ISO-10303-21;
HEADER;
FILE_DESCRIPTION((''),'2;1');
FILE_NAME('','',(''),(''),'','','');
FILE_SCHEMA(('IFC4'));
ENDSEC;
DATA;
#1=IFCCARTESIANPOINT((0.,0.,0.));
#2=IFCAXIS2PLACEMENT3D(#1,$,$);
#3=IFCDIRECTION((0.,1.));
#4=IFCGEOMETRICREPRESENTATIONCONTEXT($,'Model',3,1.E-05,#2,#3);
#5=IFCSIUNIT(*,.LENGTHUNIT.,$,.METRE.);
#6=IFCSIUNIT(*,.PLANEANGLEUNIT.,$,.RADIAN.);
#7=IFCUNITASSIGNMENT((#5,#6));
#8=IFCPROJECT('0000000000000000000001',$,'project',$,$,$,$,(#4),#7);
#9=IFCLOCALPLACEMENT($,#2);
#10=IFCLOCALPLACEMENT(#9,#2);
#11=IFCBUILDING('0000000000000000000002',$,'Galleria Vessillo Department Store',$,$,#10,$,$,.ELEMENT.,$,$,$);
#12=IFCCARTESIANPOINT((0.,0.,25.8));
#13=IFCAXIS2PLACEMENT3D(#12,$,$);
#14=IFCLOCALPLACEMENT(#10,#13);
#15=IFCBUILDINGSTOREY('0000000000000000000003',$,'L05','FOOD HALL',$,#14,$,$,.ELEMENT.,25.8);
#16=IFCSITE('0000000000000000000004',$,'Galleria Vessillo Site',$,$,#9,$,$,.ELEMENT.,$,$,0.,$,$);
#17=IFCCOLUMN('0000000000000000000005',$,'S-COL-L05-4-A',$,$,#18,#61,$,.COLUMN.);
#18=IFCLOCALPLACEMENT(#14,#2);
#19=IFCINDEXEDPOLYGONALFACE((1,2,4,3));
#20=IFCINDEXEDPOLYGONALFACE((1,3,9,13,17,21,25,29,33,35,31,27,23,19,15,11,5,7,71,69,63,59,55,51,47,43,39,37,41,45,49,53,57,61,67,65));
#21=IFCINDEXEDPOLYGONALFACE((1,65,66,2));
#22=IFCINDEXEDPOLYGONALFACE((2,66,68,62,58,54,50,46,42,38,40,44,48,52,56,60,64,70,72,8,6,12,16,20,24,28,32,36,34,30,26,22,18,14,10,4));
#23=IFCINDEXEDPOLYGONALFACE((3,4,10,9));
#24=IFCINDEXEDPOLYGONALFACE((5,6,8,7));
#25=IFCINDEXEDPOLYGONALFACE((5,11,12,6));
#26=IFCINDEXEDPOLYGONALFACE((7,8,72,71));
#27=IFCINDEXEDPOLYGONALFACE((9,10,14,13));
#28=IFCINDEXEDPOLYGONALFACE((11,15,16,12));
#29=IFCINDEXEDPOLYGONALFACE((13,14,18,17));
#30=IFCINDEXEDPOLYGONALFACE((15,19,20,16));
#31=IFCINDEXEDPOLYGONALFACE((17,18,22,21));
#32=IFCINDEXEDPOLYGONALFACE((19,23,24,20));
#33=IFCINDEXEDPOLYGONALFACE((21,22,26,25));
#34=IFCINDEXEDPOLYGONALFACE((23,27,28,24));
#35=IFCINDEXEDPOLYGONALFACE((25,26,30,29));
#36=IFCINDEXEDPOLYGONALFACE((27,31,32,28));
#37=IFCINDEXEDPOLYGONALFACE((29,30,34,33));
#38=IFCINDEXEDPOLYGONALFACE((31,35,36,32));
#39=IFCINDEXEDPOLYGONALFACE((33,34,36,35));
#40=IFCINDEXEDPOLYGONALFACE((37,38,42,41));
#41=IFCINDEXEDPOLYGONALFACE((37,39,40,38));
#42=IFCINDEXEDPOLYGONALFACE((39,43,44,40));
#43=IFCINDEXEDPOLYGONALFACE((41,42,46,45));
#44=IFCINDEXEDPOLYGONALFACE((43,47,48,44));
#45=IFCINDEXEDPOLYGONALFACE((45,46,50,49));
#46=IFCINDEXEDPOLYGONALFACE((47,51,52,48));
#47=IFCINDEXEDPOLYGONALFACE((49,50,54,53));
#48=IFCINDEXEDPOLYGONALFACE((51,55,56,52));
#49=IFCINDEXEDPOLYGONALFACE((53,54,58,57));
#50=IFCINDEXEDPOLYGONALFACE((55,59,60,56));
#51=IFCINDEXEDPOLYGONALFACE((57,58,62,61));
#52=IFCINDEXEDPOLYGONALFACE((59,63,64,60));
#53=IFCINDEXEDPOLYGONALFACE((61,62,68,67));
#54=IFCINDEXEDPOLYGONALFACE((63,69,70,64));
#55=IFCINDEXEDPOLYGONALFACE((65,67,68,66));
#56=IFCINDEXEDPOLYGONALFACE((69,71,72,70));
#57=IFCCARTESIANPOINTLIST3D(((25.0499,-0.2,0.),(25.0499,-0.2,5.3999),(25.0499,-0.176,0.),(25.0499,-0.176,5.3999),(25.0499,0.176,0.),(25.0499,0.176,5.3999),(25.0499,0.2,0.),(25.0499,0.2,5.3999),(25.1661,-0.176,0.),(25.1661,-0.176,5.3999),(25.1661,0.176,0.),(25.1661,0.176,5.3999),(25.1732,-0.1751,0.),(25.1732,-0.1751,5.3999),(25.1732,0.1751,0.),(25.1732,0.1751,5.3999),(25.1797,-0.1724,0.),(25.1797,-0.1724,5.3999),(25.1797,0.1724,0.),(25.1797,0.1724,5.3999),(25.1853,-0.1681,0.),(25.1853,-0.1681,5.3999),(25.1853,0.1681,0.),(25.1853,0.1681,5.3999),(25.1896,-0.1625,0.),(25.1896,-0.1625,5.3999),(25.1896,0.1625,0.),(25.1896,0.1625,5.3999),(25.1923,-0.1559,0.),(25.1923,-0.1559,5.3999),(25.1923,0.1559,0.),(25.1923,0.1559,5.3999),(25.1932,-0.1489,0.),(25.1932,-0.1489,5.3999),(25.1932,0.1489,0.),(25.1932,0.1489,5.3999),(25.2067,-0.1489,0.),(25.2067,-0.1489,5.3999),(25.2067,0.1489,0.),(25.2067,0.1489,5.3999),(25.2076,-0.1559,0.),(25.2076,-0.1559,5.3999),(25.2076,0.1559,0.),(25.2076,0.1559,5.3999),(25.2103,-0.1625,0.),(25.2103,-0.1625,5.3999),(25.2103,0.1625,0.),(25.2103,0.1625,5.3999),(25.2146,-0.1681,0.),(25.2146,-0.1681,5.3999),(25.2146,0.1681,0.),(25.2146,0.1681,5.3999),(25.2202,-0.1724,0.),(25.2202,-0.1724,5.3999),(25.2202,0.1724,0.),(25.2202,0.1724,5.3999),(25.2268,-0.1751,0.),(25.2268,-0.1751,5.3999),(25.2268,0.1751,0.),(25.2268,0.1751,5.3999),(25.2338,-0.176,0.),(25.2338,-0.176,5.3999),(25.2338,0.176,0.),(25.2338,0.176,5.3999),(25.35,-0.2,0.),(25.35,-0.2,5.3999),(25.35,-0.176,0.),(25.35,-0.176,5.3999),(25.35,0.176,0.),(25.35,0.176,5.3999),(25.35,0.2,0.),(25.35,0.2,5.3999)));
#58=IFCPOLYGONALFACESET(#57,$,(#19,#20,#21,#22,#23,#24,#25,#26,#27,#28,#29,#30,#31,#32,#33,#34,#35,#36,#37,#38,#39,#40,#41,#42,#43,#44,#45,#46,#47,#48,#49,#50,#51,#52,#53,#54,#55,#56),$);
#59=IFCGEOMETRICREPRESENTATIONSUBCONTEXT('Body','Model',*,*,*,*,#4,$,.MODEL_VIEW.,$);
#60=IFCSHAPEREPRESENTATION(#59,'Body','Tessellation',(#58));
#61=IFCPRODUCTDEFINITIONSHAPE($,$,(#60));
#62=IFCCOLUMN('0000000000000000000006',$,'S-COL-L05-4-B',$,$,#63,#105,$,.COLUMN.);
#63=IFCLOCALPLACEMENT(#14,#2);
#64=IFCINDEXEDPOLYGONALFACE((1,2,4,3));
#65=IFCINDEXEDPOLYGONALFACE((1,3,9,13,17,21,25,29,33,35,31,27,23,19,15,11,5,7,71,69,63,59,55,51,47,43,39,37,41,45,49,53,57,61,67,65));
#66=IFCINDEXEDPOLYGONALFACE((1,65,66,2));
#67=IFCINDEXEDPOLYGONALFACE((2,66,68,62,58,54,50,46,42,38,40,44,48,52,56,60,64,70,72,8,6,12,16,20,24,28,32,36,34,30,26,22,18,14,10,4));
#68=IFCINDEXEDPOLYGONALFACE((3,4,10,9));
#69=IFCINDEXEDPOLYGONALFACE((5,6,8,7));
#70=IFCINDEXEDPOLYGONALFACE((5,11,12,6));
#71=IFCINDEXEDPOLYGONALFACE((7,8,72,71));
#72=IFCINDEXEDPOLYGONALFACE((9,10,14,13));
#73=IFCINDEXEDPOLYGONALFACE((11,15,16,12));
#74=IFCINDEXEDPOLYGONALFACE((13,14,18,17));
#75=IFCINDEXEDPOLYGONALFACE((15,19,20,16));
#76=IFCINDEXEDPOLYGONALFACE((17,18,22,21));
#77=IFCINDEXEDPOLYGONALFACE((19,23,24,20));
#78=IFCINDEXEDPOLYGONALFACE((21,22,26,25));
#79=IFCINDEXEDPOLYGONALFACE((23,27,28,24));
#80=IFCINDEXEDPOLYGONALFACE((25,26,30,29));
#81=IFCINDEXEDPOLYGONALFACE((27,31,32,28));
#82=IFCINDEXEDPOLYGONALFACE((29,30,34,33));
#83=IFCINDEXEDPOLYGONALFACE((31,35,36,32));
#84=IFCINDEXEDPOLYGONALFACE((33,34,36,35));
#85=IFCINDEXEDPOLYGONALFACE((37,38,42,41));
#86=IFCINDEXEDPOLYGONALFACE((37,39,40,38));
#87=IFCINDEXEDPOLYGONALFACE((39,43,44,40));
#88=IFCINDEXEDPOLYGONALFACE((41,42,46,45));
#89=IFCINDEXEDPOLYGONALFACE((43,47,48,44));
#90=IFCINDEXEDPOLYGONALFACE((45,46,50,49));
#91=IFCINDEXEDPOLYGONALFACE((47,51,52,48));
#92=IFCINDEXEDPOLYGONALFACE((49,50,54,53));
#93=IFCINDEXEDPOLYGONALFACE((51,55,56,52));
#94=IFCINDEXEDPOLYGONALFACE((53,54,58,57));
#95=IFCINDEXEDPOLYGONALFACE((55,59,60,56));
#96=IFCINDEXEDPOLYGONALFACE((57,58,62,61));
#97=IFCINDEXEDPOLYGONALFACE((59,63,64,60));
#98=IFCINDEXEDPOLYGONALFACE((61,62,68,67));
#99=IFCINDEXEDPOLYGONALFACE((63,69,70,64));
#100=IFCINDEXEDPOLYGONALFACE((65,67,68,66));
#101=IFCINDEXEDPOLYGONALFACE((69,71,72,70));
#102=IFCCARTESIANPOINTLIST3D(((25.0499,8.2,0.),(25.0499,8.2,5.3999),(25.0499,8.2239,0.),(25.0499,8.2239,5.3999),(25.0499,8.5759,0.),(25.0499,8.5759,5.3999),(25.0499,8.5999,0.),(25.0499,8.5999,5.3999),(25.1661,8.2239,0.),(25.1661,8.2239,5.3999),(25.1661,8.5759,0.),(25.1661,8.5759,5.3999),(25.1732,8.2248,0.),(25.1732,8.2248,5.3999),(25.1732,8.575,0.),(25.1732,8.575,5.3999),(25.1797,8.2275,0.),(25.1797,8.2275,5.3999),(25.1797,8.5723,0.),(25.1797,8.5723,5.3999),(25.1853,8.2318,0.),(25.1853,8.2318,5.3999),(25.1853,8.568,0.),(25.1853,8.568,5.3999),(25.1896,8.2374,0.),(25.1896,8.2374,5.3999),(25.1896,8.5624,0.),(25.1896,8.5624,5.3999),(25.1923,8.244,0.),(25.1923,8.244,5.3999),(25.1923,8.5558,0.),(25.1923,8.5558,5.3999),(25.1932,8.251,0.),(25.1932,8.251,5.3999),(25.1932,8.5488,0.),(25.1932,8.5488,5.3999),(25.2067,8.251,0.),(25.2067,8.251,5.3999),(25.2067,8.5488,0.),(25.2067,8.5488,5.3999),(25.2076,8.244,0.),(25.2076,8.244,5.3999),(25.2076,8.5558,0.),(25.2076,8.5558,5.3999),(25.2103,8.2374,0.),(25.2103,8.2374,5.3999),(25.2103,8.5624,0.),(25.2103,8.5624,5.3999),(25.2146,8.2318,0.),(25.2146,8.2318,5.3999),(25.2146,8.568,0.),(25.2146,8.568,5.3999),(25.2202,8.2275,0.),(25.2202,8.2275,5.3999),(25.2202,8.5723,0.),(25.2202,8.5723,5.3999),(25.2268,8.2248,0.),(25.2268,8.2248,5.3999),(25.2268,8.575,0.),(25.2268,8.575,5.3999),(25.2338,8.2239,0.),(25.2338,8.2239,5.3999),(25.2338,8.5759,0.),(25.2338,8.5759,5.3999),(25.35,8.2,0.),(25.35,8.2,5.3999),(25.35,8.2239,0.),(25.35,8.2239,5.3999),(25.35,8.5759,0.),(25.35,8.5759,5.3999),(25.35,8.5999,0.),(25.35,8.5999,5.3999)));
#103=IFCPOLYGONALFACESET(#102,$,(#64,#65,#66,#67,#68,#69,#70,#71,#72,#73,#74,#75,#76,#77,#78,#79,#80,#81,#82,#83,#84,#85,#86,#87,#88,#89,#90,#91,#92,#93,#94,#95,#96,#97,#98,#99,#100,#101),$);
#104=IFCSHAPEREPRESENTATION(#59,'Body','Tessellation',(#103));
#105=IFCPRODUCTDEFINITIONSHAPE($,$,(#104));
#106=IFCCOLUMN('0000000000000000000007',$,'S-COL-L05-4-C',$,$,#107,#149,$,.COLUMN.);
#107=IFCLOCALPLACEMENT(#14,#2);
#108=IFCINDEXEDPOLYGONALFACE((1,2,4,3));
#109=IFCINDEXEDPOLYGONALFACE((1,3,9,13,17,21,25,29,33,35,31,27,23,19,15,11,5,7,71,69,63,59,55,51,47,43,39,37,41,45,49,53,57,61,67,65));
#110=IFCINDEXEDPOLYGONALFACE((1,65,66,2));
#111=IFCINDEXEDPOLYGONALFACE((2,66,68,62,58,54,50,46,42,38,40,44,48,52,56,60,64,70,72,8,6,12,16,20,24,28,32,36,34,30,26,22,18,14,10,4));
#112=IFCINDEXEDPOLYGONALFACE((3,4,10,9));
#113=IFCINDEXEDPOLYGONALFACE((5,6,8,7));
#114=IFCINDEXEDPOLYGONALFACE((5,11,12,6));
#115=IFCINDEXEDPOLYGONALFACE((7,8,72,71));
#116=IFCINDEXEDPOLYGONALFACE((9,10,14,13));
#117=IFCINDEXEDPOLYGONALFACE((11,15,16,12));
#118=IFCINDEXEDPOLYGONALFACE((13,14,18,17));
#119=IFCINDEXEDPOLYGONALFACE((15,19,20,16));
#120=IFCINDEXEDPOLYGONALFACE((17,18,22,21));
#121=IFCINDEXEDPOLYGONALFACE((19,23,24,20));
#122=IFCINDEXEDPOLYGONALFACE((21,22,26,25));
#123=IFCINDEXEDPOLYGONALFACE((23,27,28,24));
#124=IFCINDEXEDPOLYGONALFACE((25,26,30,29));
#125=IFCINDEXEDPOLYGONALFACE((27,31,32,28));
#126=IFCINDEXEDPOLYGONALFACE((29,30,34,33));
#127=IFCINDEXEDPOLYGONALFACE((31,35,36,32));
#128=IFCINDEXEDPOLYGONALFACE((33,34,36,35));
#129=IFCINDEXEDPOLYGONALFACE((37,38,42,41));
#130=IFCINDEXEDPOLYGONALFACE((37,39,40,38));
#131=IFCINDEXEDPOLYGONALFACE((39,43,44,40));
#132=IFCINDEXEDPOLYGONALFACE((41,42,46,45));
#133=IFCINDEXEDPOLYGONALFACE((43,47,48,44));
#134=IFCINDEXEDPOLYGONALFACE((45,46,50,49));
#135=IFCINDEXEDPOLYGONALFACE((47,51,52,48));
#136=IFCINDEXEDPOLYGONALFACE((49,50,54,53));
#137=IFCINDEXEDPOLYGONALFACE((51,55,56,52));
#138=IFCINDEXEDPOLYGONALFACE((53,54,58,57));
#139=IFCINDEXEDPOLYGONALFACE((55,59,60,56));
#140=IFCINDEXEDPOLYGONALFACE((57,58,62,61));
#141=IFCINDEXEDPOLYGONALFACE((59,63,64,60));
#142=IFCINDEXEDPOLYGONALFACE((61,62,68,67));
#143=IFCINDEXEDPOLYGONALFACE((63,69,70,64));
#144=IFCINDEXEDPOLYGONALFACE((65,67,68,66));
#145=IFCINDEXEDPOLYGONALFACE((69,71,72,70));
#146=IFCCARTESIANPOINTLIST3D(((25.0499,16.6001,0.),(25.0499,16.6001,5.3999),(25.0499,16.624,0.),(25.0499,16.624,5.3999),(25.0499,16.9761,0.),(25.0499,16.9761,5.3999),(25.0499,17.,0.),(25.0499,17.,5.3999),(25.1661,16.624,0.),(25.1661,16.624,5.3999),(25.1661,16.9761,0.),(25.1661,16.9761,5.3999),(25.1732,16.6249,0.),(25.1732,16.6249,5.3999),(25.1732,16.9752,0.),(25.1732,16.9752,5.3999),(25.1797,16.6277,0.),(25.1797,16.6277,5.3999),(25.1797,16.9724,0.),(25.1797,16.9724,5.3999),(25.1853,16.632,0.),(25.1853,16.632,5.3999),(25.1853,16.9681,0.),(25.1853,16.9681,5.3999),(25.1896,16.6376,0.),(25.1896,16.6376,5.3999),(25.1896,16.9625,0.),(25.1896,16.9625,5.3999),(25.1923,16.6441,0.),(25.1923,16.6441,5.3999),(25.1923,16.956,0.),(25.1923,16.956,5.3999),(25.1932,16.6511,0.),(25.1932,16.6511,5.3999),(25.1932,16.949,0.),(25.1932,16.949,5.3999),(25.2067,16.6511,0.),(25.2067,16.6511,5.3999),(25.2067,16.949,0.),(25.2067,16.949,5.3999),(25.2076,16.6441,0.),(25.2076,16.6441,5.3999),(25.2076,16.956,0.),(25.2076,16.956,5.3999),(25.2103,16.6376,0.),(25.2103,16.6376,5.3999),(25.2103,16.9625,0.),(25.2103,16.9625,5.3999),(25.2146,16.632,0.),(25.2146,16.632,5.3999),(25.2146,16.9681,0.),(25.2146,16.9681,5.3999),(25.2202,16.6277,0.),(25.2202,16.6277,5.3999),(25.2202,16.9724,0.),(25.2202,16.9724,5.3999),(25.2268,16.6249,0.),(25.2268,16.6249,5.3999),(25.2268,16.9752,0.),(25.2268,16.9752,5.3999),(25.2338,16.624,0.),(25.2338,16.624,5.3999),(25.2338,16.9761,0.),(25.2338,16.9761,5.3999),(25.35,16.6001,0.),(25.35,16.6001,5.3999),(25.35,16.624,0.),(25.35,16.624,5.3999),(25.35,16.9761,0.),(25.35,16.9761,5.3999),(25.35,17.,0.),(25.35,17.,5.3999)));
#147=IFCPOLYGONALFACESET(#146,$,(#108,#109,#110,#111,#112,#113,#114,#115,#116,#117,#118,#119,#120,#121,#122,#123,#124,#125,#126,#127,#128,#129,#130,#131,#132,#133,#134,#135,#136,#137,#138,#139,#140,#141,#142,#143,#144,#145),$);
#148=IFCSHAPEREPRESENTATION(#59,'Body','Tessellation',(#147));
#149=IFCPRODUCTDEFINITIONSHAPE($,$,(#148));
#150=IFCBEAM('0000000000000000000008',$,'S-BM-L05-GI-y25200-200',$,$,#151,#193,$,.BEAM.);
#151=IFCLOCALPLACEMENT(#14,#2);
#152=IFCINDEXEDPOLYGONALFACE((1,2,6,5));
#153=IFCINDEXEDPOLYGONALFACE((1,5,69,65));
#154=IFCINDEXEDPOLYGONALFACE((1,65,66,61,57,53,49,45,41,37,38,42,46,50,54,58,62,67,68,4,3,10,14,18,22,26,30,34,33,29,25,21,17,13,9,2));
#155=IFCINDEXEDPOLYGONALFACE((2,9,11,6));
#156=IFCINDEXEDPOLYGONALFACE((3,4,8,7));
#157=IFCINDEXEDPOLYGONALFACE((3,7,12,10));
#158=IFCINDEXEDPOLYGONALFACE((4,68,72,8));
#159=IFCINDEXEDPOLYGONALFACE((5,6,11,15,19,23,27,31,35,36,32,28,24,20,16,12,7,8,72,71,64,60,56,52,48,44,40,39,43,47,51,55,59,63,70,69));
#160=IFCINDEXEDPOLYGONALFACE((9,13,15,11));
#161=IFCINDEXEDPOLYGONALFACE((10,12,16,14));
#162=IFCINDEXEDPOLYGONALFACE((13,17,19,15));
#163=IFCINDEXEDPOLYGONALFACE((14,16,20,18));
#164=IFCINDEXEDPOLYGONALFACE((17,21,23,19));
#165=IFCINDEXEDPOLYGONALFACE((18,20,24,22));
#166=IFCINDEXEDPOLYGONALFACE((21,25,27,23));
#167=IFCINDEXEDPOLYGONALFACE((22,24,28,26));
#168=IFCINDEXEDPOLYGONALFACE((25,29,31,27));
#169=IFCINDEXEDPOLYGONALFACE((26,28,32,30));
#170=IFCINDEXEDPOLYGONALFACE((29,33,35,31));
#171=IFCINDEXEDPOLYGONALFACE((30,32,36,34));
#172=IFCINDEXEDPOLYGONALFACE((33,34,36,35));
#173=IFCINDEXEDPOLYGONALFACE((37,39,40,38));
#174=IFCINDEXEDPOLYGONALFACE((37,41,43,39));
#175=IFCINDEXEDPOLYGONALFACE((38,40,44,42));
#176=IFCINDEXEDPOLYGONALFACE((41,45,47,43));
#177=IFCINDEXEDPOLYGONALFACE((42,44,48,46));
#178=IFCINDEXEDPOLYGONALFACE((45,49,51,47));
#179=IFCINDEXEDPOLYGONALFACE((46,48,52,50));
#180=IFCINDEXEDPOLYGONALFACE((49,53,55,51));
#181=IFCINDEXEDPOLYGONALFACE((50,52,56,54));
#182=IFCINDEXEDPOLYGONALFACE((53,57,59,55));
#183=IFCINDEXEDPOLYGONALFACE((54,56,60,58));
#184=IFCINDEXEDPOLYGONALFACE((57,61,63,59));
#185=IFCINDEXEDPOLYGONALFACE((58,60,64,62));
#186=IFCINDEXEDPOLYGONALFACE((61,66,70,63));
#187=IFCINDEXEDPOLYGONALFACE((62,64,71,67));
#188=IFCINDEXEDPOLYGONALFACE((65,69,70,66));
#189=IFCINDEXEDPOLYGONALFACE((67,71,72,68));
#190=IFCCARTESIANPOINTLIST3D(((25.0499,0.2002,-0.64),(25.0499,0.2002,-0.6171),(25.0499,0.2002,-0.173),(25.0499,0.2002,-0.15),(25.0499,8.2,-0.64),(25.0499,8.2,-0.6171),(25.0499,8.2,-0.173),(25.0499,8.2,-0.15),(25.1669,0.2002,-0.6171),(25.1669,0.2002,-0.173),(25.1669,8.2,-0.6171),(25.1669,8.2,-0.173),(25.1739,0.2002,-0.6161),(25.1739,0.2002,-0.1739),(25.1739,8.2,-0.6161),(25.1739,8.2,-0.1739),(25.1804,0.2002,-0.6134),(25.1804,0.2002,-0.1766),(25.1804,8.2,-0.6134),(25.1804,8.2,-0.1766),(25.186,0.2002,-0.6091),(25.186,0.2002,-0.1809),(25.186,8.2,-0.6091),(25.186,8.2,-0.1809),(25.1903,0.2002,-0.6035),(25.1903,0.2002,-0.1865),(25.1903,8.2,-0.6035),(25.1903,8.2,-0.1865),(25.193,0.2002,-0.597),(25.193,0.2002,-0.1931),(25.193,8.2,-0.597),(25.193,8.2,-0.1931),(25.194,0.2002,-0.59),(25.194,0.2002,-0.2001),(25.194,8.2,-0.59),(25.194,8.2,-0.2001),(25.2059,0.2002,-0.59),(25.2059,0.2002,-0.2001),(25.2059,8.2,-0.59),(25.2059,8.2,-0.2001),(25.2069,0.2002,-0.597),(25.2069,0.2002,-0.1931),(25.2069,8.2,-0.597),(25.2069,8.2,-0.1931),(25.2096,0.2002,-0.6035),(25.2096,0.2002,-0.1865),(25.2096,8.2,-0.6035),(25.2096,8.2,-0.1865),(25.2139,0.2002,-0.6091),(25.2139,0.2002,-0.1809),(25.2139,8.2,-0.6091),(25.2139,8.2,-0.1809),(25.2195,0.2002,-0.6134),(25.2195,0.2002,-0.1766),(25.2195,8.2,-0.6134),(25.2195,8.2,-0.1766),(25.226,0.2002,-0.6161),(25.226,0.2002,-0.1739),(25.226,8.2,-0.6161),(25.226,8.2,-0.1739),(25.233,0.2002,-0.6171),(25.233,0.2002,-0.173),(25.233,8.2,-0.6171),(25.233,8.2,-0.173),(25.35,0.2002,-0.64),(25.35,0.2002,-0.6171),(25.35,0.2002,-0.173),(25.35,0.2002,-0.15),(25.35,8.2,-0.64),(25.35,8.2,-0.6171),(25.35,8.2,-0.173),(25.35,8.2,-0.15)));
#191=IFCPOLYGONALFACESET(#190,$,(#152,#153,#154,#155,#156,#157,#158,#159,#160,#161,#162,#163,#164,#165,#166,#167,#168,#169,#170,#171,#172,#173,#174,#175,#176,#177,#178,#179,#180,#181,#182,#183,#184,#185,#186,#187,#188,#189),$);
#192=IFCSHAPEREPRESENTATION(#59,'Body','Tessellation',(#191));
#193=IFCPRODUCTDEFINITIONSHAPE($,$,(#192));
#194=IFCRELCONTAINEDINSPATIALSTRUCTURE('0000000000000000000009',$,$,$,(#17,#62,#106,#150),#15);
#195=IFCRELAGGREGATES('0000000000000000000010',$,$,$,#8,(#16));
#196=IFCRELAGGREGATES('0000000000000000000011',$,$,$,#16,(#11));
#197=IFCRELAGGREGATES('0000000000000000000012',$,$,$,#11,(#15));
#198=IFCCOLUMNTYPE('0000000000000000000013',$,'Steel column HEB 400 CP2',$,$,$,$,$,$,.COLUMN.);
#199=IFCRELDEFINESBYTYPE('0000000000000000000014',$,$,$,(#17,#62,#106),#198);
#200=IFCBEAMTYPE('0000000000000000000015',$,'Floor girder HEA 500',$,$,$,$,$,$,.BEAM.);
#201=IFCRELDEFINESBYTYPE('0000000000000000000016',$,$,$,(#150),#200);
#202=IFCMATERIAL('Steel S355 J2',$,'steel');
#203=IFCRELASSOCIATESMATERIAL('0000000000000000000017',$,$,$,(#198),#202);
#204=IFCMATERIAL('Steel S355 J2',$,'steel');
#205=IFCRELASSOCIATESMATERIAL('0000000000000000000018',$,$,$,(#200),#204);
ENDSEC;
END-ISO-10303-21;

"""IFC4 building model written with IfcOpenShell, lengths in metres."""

from ifc_helpers import new_model, si_unit, direction, frame, origin, origin_2d, place, context, subcontext, project, spatial, i_section, extrude, material, material_profile, profile_set, type_object, element, save


model = new_model("IFC4")

# Units and contexts
model_context = context("Model", 3, precision=1e-05, world=origin(), true_north=direction((0.0, 1.0)))
body_context = subcontext(model_context, "Body", "Model", "MODEL_VIEW")
ifc_project = project(units=[si_unit("LENGTHUNIT", "METRE"), si_unit("PLANEANGLEUNIT", "RADIAN")], contexts=[model_context])

# Site, building, storey
site_placement = place(None, origin())
site = spatial("IfcSite", under=ifc_project, at=site_placement, Name="Galleria Vessillo Site", CompositionType="ELEMENT", RefElevation=0.0)
building_placement = place(site_placement, origin())
building = spatial("IfcBuilding", under=site, at=building_placement, Name="Galleria Vessillo Department Store", CompositionType="ELEMENT")
storey_placement = place(building_placement, frame((0.0, 0.0, 25.8)))
storey = spatial("IfcBuildingStorey", under=building, at=storey_placement, Name="L05", Description="FOOD HALL", CompositionType="ELEMENT", Elevation=25.8)

# Columns
ifc_material_1 = material(Name="Steel S355 J2", Category="steel")
ifc_material_profile_1 = material_profile(ifc_material_1, i_section(OverallWidth=0.3, OverallDepth=0.3999, WebThickness=0.0134, FlangeThickness=0.0239, FilletRadius=0.0271, at=origin_2d()), Name="HEB 400")
ifc_profile_set_1 = profile_set([ifc_material_profile_1], Name="Steel S355 J2")
column_type = type_object("IfcColumnType", Name="Steel column HEB 400 CP2", PredefinedType="COLUMN", material=ifc_profile_set_1)
for number, where, z_axis, x_axis, name in (
    (1, (25.2, 0.0, 0.0), (0.0, 0.0, 1.0), (1.0, 0.0, 0.0), "S-COL-L05-4-A"),
    (2, (25.2, 8.3999, 0.0), (0.0, 0.0, 1.0), (1.0, 0.0, 0.0), "S-COL-L05-4-B"),
    (3, (25.2, 16.8, 0.0), (0.0, 0.0, 1.0), (1.0, 0.0, 0.0), "S-COL-L05-4-C"),
):
    element("IfcColumn", number, at=place(storey_placement, frame(where, z_axis=z_axis, x_axis=x_axis)), inside=storey, type_object=column_type, Name=name, PredefinedType="COLUMN", context=body_context, shape_type="SweptSolid", body=[
        extrude(i_section(OverallWidth=0.3, OverallDepth=0.3999, WebThickness=0.0134, FlangeThickness=0.0239, FilletRadius=0.0271, at=origin_2d()), origin(), (0.0, 0.0, 1.0), 5.3999),
    ])

# Beam
ifc_material_2 = material(Name="Steel S355 J2", Category="steel")
ifc_material_profile_2 = material_profile(ifc_material_2, i_section(OverallWidth=0.3, OverallDepth=0.49, WebThickness=0.012, FlangeThickness=0.0229, FilletRadius=0.0271, at=origin_2d()), Name="HEA 500")
ifc_profile_set_2 = profile_set([ifc_material_profile_2], Name="Steel S355 J2")
beam_type_1 = type_object("IfcBeamType", Name="Floor girder HEA 500", PredefinedType="BEAM", material=ifc_profile_set_2)
for number, where, z_axis, x_axis, name in (
    (4, (25.2, 0.2002, -0.395), (0.0, 1.0, 0.0), (-1.0, 0.0, 0.0), "S-BM-L05-GI-y25200-200"),
):
    element("IfcBeam", number, at=place(storey_placement, frame(where, z_axis=z_axis, x_axis=x_axis)), inside=storey, type_object=beam_type_1, Name=name, PredefinedType="BEAM", context=body_context, shape_type="SweptSolid", body=[
        extrude(i_section(OverallWidth=0.3, OverallDepth=0.49, WebThickness=0.012, FlangeThickness=0.0229, FilletRadius=0.0271, at=origin_2d()), origin(), (0.0, 0.0, 1.0), 7.9998),
    ])

save(model, "model.ifc")
